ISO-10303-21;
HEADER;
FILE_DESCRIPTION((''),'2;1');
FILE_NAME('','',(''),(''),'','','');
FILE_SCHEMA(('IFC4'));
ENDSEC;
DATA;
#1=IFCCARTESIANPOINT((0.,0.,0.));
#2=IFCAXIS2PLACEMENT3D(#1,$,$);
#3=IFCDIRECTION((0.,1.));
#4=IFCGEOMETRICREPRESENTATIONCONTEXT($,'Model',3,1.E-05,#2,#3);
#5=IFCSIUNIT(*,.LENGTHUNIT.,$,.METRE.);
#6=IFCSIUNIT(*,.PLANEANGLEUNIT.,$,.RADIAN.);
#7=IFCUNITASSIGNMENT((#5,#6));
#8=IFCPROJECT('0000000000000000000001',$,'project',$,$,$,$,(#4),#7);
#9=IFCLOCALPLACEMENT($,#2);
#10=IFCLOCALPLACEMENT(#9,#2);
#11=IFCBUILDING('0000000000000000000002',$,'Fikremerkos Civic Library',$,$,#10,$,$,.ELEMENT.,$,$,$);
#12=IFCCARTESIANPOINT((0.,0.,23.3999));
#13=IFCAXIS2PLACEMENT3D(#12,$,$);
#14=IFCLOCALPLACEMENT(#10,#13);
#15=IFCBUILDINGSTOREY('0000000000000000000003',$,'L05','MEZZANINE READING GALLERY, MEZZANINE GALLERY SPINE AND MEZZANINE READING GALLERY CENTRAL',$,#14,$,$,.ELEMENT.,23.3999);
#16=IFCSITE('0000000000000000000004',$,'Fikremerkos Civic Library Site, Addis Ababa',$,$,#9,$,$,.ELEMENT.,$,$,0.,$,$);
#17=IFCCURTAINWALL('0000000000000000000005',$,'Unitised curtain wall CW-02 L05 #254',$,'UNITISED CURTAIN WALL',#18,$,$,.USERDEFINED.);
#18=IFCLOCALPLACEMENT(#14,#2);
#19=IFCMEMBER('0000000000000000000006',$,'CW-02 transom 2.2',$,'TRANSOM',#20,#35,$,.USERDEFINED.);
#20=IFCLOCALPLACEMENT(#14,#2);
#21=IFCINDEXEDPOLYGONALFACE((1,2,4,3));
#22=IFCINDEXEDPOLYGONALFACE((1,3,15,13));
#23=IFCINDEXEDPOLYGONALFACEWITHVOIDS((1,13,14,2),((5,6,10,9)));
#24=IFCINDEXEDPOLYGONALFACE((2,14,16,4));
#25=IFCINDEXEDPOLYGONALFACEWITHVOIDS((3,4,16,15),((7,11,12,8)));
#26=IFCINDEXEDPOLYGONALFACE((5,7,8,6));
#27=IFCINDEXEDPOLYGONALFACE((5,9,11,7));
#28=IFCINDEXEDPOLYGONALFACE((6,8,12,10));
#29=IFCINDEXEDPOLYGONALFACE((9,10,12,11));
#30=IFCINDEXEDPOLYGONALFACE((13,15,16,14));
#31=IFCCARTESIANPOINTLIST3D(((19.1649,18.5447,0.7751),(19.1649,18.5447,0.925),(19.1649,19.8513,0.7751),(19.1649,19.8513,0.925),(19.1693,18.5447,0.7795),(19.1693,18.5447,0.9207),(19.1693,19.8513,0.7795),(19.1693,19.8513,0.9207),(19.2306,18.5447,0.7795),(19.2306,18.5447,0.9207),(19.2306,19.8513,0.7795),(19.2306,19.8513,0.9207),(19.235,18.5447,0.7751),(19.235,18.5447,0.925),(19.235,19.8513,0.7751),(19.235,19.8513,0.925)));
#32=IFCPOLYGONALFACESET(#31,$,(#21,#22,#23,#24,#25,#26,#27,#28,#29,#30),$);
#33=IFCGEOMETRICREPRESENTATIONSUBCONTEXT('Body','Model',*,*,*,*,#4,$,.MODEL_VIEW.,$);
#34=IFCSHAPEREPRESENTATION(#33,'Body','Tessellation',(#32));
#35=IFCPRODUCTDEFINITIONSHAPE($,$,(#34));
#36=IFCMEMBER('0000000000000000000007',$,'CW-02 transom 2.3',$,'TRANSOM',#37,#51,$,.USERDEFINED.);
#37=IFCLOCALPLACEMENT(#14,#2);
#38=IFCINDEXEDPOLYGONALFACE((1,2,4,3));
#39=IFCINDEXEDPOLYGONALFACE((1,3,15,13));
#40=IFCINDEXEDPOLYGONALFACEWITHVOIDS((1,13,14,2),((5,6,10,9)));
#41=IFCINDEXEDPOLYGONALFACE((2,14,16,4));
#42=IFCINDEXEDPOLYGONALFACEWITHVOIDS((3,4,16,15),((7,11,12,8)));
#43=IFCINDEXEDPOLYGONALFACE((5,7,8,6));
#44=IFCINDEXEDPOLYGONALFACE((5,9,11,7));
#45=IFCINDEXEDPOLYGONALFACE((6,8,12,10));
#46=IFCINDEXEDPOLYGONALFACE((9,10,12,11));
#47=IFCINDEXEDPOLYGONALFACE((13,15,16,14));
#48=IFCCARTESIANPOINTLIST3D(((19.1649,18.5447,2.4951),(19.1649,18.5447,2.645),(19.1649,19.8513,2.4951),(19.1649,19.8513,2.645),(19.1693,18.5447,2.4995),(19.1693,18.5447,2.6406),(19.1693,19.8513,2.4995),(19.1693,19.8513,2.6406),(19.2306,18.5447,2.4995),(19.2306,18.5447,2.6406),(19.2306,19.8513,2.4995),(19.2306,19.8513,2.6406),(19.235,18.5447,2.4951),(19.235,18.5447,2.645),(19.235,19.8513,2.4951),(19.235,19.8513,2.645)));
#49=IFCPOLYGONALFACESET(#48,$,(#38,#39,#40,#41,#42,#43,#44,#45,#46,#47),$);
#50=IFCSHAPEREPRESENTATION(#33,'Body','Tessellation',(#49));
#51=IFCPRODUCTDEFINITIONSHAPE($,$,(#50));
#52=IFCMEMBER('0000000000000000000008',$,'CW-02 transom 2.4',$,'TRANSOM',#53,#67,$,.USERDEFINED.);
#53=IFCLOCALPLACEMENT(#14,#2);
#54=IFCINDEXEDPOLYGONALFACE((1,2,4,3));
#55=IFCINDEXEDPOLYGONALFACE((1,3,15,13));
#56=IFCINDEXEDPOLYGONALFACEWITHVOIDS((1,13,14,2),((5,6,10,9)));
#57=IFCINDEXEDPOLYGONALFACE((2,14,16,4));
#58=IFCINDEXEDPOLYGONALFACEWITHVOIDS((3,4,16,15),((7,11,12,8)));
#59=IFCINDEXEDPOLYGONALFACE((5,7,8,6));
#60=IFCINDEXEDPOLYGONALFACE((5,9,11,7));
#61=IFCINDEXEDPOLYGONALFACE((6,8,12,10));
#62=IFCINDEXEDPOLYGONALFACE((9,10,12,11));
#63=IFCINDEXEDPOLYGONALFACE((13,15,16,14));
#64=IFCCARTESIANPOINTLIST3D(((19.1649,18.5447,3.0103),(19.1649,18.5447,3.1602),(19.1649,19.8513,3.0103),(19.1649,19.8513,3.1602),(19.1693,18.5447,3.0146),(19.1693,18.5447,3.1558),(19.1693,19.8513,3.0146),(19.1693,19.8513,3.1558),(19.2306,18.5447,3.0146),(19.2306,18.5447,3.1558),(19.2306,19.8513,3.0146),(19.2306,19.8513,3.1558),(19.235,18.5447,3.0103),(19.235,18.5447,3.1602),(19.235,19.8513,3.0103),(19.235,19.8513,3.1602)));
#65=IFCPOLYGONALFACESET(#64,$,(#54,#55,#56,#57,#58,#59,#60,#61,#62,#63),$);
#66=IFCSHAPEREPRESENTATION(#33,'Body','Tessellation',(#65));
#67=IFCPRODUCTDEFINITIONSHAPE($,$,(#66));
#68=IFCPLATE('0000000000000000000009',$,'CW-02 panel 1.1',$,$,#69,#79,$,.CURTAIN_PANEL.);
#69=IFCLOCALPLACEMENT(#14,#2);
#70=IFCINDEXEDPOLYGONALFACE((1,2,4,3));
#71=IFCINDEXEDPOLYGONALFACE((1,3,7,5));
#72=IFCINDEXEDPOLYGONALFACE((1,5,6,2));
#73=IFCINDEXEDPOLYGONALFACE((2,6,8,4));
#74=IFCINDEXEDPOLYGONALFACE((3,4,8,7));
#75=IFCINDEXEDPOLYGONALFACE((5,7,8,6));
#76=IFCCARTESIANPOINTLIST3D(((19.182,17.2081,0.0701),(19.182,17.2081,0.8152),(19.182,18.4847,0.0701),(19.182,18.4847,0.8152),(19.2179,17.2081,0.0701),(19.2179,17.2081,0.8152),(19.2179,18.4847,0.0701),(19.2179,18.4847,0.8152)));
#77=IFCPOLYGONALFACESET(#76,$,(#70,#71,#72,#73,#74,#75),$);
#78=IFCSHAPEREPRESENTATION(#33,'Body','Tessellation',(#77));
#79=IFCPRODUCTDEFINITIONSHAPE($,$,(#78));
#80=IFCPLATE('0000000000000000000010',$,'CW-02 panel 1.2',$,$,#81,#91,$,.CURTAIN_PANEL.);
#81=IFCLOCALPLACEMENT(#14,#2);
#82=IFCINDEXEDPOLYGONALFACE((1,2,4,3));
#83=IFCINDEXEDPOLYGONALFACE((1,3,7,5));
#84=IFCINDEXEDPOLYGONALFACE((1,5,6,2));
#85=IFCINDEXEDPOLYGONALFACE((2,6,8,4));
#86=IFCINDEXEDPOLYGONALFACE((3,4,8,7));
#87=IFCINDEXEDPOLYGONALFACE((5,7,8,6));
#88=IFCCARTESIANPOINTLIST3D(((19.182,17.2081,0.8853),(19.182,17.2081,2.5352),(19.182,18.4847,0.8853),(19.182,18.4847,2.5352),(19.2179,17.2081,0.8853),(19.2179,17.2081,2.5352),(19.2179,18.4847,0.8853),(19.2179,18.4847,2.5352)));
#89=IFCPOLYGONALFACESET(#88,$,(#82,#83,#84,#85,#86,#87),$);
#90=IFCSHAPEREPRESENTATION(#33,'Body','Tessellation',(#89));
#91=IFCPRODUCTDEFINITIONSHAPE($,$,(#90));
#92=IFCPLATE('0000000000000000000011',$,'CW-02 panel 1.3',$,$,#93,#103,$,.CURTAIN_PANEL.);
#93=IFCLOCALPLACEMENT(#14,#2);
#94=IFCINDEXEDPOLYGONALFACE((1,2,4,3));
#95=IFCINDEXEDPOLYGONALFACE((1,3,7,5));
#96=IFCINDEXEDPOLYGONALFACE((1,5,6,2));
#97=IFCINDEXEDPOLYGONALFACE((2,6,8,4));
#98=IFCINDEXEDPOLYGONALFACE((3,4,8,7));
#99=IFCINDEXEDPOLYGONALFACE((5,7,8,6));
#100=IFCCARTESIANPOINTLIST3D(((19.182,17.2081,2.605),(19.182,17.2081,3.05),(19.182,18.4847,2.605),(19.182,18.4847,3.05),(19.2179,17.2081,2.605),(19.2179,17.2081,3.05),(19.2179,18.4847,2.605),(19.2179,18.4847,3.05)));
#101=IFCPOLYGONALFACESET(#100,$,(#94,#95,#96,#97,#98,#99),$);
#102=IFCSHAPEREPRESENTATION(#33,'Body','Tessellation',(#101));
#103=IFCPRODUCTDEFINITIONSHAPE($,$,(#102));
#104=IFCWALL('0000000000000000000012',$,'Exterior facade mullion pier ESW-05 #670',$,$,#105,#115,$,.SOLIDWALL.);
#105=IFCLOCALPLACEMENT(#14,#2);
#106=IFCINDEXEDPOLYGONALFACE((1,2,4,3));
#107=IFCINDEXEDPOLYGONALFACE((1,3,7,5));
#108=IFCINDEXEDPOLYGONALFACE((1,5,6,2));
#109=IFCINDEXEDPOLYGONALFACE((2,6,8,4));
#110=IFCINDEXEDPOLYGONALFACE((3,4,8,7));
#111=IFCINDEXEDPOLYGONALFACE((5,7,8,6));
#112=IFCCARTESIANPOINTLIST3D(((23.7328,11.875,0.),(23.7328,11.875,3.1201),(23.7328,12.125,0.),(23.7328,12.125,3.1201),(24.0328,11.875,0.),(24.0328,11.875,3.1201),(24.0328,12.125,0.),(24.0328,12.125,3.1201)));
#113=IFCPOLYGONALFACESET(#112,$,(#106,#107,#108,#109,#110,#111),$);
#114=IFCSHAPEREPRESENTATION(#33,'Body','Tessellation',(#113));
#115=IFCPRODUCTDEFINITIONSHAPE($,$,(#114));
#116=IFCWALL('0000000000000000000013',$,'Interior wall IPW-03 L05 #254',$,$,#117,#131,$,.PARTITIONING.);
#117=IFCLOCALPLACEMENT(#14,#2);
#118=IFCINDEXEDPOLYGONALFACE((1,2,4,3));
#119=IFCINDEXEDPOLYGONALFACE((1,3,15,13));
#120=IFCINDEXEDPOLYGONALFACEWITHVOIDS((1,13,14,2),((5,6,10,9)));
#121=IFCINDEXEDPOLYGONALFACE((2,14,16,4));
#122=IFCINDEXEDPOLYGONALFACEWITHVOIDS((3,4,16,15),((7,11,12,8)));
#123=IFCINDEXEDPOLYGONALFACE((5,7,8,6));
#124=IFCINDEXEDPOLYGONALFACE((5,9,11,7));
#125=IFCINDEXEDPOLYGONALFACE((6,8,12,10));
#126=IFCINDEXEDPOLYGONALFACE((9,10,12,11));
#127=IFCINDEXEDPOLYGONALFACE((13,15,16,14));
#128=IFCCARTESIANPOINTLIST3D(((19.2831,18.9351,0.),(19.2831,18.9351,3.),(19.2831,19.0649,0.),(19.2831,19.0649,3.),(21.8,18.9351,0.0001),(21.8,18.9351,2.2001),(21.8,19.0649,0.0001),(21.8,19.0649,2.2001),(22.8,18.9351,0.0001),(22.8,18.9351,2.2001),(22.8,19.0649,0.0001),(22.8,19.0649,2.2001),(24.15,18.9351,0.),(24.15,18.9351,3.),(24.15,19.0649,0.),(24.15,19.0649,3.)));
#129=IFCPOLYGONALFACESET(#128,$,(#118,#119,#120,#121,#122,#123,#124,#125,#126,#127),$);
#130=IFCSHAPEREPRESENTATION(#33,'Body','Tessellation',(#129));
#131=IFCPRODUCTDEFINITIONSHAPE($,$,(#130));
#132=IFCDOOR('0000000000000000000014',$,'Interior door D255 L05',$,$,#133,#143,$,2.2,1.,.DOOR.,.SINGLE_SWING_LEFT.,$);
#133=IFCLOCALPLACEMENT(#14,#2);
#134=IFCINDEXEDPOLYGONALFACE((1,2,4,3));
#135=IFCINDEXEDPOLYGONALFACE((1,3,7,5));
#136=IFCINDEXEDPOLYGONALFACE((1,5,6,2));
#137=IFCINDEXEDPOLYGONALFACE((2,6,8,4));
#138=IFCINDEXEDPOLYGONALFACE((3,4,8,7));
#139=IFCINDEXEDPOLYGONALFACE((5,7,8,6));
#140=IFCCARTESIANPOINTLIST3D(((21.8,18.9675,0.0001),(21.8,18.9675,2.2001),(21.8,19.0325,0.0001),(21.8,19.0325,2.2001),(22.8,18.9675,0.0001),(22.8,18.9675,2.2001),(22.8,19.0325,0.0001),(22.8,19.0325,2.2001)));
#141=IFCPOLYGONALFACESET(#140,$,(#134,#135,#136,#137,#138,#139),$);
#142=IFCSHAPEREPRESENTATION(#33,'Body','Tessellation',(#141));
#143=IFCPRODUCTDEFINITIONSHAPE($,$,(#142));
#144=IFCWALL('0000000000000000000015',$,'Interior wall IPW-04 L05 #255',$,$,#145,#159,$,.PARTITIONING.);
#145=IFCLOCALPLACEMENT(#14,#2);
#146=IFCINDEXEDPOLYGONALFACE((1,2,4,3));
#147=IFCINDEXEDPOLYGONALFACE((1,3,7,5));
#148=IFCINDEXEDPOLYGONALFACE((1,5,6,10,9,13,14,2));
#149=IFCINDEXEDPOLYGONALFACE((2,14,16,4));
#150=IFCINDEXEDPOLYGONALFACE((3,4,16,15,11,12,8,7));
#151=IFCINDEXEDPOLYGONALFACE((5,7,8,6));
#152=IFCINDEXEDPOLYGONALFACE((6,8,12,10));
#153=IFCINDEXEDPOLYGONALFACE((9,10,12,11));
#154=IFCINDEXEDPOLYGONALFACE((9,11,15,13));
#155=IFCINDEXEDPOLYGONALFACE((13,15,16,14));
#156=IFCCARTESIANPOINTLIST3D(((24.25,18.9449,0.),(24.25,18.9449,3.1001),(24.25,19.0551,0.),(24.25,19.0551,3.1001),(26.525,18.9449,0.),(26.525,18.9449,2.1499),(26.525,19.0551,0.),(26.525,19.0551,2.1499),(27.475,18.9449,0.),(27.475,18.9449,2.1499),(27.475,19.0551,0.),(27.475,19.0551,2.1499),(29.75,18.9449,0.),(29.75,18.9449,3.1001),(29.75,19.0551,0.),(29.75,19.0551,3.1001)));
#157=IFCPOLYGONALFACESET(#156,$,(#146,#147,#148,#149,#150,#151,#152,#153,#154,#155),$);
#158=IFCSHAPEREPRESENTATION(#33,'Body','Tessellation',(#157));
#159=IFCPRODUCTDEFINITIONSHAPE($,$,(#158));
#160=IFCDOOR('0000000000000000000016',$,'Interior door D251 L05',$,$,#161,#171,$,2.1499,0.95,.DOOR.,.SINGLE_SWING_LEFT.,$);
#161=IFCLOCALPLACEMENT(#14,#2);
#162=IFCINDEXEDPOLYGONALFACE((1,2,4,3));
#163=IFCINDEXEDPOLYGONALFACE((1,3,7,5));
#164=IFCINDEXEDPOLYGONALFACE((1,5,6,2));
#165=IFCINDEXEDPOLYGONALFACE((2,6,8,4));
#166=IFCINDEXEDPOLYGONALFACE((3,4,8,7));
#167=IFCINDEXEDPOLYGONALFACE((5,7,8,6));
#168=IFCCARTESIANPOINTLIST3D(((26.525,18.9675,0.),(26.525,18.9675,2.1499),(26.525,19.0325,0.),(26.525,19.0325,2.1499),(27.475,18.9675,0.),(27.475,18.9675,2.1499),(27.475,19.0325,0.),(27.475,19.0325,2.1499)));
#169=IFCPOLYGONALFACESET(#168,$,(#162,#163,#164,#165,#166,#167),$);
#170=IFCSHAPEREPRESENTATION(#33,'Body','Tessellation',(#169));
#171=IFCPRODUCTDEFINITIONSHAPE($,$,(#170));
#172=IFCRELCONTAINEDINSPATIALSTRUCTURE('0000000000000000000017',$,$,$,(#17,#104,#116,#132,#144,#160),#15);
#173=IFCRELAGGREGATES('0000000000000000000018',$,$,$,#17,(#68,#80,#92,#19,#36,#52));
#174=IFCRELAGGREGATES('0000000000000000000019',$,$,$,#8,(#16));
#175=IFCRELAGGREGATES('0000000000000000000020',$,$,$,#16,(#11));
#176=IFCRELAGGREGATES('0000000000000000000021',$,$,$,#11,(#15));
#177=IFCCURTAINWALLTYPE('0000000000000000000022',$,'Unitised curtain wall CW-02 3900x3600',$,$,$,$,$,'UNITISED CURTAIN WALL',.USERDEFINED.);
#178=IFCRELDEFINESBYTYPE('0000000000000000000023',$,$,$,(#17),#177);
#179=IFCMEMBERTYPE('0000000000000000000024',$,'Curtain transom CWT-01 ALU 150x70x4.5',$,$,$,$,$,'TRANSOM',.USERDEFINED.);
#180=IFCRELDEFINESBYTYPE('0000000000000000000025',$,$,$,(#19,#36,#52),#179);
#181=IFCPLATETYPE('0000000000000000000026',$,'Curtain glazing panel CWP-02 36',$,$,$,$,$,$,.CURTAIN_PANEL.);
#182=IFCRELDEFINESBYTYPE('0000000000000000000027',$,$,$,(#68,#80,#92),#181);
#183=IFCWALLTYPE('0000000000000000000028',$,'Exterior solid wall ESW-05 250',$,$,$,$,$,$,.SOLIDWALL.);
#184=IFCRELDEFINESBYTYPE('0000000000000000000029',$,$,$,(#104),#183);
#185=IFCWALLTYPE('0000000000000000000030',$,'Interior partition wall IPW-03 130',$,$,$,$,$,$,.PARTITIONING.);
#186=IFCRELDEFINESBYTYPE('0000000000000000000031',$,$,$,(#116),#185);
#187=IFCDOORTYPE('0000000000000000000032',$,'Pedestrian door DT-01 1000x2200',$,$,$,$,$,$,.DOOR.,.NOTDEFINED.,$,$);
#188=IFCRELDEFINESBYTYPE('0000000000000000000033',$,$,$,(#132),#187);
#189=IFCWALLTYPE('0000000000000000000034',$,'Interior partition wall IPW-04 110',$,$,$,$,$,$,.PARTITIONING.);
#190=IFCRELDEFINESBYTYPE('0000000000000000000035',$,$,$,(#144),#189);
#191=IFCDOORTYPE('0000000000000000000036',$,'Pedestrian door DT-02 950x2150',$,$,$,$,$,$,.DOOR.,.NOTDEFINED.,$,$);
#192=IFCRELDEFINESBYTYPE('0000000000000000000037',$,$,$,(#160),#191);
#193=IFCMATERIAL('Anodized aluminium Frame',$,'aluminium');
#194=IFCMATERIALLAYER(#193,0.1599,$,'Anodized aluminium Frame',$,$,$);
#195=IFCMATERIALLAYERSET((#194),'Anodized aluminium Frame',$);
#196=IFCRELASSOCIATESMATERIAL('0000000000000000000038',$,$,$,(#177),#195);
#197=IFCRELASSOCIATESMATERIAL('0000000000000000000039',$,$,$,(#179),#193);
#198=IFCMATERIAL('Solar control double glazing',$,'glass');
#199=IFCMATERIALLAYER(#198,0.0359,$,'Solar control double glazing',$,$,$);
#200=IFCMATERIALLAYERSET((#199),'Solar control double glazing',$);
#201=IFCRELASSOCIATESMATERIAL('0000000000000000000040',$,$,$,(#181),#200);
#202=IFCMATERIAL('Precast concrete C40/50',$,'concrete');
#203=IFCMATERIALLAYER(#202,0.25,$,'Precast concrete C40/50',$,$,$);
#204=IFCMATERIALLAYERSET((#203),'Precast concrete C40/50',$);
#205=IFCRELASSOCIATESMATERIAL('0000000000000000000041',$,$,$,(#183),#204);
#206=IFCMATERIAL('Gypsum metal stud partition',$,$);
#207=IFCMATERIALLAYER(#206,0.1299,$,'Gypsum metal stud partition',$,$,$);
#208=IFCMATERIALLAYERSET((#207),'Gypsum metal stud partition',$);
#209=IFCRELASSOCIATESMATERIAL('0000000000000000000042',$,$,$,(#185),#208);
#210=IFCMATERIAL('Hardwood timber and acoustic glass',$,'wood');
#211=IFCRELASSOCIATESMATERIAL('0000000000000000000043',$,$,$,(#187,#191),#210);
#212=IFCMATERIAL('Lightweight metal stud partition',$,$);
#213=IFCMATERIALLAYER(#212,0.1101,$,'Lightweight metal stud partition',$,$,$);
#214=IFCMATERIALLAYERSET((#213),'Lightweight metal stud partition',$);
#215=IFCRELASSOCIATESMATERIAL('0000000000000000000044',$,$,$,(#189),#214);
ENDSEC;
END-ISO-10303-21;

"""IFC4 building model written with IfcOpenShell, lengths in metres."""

from ifc_helpers import new_model, si_unit, direction, frame, frame_2d, origin, origin_2d, place, context, subcontext, project, spatial, rectangle, hollow_rectangle, extrude, material, layer, layer_set, material_profile, profile_set, type_object, element, fill, aggregate, save


model = new_model("IFC4")

# Units and contexts
model_context = context("Model", 3, precision=1e-05, world=origin(), true_north=direction((0.0, 1.0)))
body_context = subcontext(model_context, "Body", "Model", "MODEL_VIEW")
ifc_project = project(units=[si_unit("LENGTHUNIT", "METRE"), si_unit("PLANEANGLEUNIT", "RADIAN")], contexts=[model_context])

# Site, building, storey
site_placement = place(None, origin())
site = spatial("IfcSite", under=ifc_project, at=site_placement, Name="Fikremerkos Civic Library Site, Addis Ababa", CompositionType="ELEMENT", RefElevation=0.0)
building_placement = place(site_placement, origin())
building = spatial("IfcBuilding", under=site, at=building_placement, Name="Fikremerkos Civic Library", CompositionType="ELEMENT")
storey_placement = place(building_placement, frame((0.0, 0.0, 23.3999)))
storey = spatial("IfcBuildingStorey", under=building, at=storey_placement, Name="L05", Description="MEZZANINE READING GALLERY, MEZZANINE GALLERY SPINE AND MEZZANINE READING GALLERY CENTRAL", CompositionType="ELEMENT", Elevation=23.3999)

# Curtain wall
ifc_material_1 = material(Name="Anodized aluminium Frame", Category="aluminium")
ifc_layer_1 = layer(ifc_material_1, 0.1599, Name="Anodized aluminium Frame")
ifc_layer_set_1 = layer_set([ifc_layer_1], Name="Anodized aluminium Frame")
curtain_wall_type_1 = type_object("IfcCurtainWallType", Name="Unitised curtain wall CW-02 3900x3600", ElementType="UNITISED CURTAIN WALL", PredefinedType="USERDEFINED", material=ifc_layer_set_1)
curtain_wall_1_placement = place(storey_placement, origin())
curtain_wall_1 = element("IfcCurtainWall", 1, at=curtain_wall_1_placement, inside=storey, type_object=curtain_wall_type_1, Name="Unitised curtain wall CW-02 L05 #254", ObjectType="UNITISED CURTAIN WALL", PredefinedType="USERDEFINED")

# Members
ifc_material_profile_1 = material_profile(ifc_material_1, hollow_rectangle(XDim=0.0701, YDim=0.1499, WallThickness=0.0044, at=origin_2d()), Name="ALU 150x70x4.5")
ifc_profile_set_1 = profile_set([ifc_material_profile_1], Name="Anodized aluminium Frame")
member_type_1 = type_object("IfcMemberType", Name="Curtain transom CWT-01 ALU 150x70x4.5", ElementType="TRANSOM", PredefinedType="USERDEFINED", material=ifc_profile_set_1)
member_1_placement = place(storey_placement, frame((19.2, 18.5447, 0.8501), z_axis=(0.0, 1.0, 0.0), x_axis=(-1.0, 0.0, 0.0)))
member_1 = element("IfcMember", 2, at=member_1_placement, type_object=member_type_1, Name="CW-02 transom 2.2", ObjectType="TRANSOM", PredefinedType="USERDEFINED", context=body_context, shape_type="SweptSolid", body=[
    extrude(hollow_rectangle(XDim=0.0701, YDim=0.1499, WallThickness=0.0044, at=origin_2d()), origin(), (0.0, 0.0, 1.0), 1.3066),
])
member_2_placement = place(storey_placement, frame((19.2, 18.5447, 2.5701), z_axis=(0.0, 1.0, 0.0), x_axis=(-1.0, 0.0, 0.0)))
member_2 = element("IfcMember", 3, at=member_2_placement, type_object=member_type_1, Name="CW-02 transom 2.3", ObjectType="TRANSOM", PredefinedType="USERDEFINED", context=body_context, shape_type="SweptSolid", body=[
    extrude(hollow_rectangle(XDim=0.0701, YDim=0.1499, WallThickness=0.0044, at=origin_2d()), origin(), (0.0, 0.0, 1.0), 1.3066),
])
member_3_placement = place(storey_placement, frame((19.2, 18.5447, 3.0852), z_axis=(0.0, 1.0, 0.0), x_axis=(-1.0, 0.0, 0.0)))
member_3 = element("IfcMember", 4, at=member_3_placement, type_object=member_type_1, Name="CW-02 transom 2.4", ObjectType="TRANSOM", PredefinedType="USERDEFINED", context=body_context, shape_type="SweptSolid", body=[
    extrude(hollow_rectangle(XDim=0.0701, YDim=0.1499, WallThickness=0.0044, at=origin_2d()), origin(), (0.0, 0.0, 1.0), 1.3066),
])

# Plates
ifc_material_2 = material(Name="Solar control double glazing", Category="glass")
ifc_layer_2 = layer(ifc_material_2, 0.0359, Name="Solar control double glazing")
ifc_layer_set_2 = layer_set([ifc_layer_2], Name="Solar control double glazing")
plate_type = type_object("IfcPlateType", Name="Curtain glazing panel CWP-02 36", PredefinedType="CURTAIN_PANEL", material=ifc_layer_set_2)
plate_1_placement = place(storey_placement, frame((19.2, 17.8464, 0.0701), z_axis=(0.0, 0.0, 1.0), x_axis=(0.0, 1.0, 0.0)))
plate_1 = element("IfcPlate", 5, at=plate_1_placement, type_object=plate_type, Name="CW-02 panel 1.1", PredefinedType="CURTAIN_PANEL", context=body_context, shape_type="SweptSolid", body=[
    extrude(rectangle(XDim=1.2766, YDim=0.0359, at=origin_2d()), origin(), (0.0, 0.0, 1.0), 0.7451),
])
plate_2_placement = place(storey_placement, frame((19.2, 17.8464, 0.8853), z_axis=(0.0, 0.0, 1.0), x_axis=(0.0, 1.0, 0.0)))
plate_2 = element("IfcPlate", 6, at=plate_2_placement, type_object=plate_type, Name="CW-02 panel 1.2", PredefinedType="CURTAIN_PANEL", context=body_context, shape_type="SweptSolid", body=[
    extrude(rectangle(XDim=1.2766, YDim=0.0359, at=origin_2d()), origin(), (0.0, 0.0, 1.0), 1.6499),
])
plate_3_placement = place(storey_placement, frame((19.2, 17.8464, 2.605), z_axis=(0.0, 0.0, 1.0), x_axis=(0.0, 1.0, 0.0)))
plate_3 = element("IfcPlate", 7, at=plate_3_placement, type_object=plate_type, Name="CW-02 panel 1.3", PredefinedType="CURTAIN_PANEL", context=body_context, shape_type="SweptSolid", body=[
    extrude(rectangle(XDim=1.2766, YDim=0.0359, at=origin_2d()), origin(), (0.0, 0.0, 1.0), 0.4451),
])
aggregate(curtain_wall_1, [plate_1, plate_2, plate_3, member_1, member_2, member_3])

# Wall
ifc_material_3 = material(Name="Precast concrete C40/50", Category="concrete")
ifc_layer_3 = layer(ifc_material_3, 0.25, Name="Precast concrete C40/50")
ifc_layer_set_3 = layer_set([ifc_layer_3], Name="Precast concrete C40/50")
wall_type_1 = type_object("IfcWallType", Name="Exterior solid wall ESW-05 250", PredefinedType="SOLIDWALL", material=ifc_layer_set_3)
wall_1_placement = place(storey_placement, frame((24.0327, 12.0, 0.0), z_axis=(0.0, 0.0, 1.0), x_axis=(-1.0, 0.0, 0.0)))
element("IfcWall", 8, at=wall_1_placement, inside=storey, type_object=wall_type_1, Name="Exterior facade mullion pier ESW-05 #670", PredefinedType="SOLIDWALL", context=body_context, shape_type="SweptSolid", body=[
    extrude(rectangle(XDim=0.3, YDim=0.25, at=frame_2d((0.1499, 0.0))), origin(), (0.0, 0.0, 1.0), 3.1201),
])

# Walls, openings, doors
ifc_material_4 = material(Name="Gypsum metal stud partition")
ifc_layer_4 = layer(ifc_material_4, 0.1299, Name="Gypsum metal stud partition")
ifc_layer_set_4 = layer_set([ifc_layer_4], Name="Gypsum metal stud partition")
wall_type_2 = type_object("IfcWallType", Name="Interior partition wall IPW-03 130", PredefinedType="PARTITIONING", material=ifc_layer_set_4)
wall_2_placement = place(storey_placement, frame((19.283, 19.0, 0.0), z_axis=(0.0, 0.0, 1.0), x_axis=(1.0, 0.0, 0.0)))
wall_2 = element("IfcWall", 9, at=wall_2_placement, inside=storey, type_object=wall_type_2, Name="Interior wall IPW-03 L05 #254", PredefinedType="PARTITIONING", context=body_context, shape_type="SweptSolid", body=[
    extrude(rectangle(XDim=4.8669, YDim=0.1299, at=frame_2d((2.4336, 0.0))), origin(), (0.0, 0.0, 1.0), 3.0),
])
opening_1_placement = place(wall_2_placement, frame((2.5171, 0.0, 0.0)))
opening_1 = element("IfcOpeningElement", 10, at=opening_1_placement, cuts=wall_2, PredefinedType="OPENING", context=body_context, shape_type="SweptSolid", body=[
    extrude(rectangle(XDim=1.0, YDim=2.2, at=frame_2d((0.5, 1.1001))), frame((0.0, 0.075, 0.0), z_axis=(0.0, -1.0, 0.0), x_axis=(1.0, 0.0, 0.0)), (0.0, 0.0, 1.0), 0.1499),
])
ifc_material_5 = material(Name="Hardwood timber and acoustic glass", Category="wood")
door_type_1 = type_object("IfcDoorType", Name="Pedestrian door DT-01 1000x2200", OperationType="NOTDEFINED", PredefinedType="DOOR", material=ifc_material_5)
door_1_placement = place(opening_1_placement, origin())
door_1 = element("IfcDoor", 11, at=door_1_placement, inside=storey, type_object=door_type_1, Name="Interior door D255 L05", OperationType="SINGLE_SWING_LEFT", OverallHeight=2.2, OverallWidth=1.0, PredefinedType="DOOR", context=body_context, shape_type="SweptSolid", body=[
    extrude(rectangle(XDim=1.0, YDim=2.2, at=frame_2d((0.5, 1.1001))), frame((0.0, 0.0325, 0.0), z_axis=(0.0, -1.0, 0.0), x_axis=(1.0, 0.0, 0.0)), (0.0, 0.0, 1.0), 0.0649),
])
fill(opening_1, door_1)
ifc_material_6 = material(Name="Lightweight metal stud partition")
ifc_layer_5 = layer(ifc_material_6, 0.1101, Name="Lightweight metal stud partition")
ifc_layer_set_5 = layer_set([ifc_layer_5], Name="Lightweight metal stud partition")
wall_type_3 = type_object("IfcWallType", Name="Interior partition wall IPW-04 110", PredefinedType="PARTITIONING", material=ifc_layer_set_5)
wall_3_placement = place(storey_placement, frame((24.25, 19.0, 0.0), z_axis=(0.0, 0.0, 1.0), x_axis=(1.0, 0.0, 0.0)))
wall_3 = element("IfcWall", 12, at=wall_3_placement, inside=storey, type_object=wall_type_3, Name="Interior wall IPW-04 L05 #255", PredefinedType="PARTITIONING", context=body_context, shape_type="SweptSolid", body=[
    extrude(rectangle(XDim=5.5, YDim=0.1101, at=frame_2d((2.75, 0.0))), origin(), (0.0, 0.0, 1.0), 3.1001),
])
opening_2_placement = place(wall_3_placement, frame((2.2749, 0.0, 0.0)))
opening_2 = element("IfcOpeningElement", 13, at=opening_2_placement, cuts=wall_3, PredefinedType="OPENING", context=body_context, shape_type="SweptSolid", body=[
    extrude(rectangle(XDim=0.95, YDim=2.1499, at=frame_2d((0.4751, 1.075))), frame((0.0, 0.0649, 0.0), z_axis=(0.0, -1.0, 0.0), x_axis=(1.0, 0.0, 0.0)), (0.0, 0.0, 1.0), 0.1301),
])
door_type_2 = type_object("IfcDoorType", Name="Pedestrian door DT-02 950x2150", OperationType="NOTDEFINED", PredefinedType="DOOR", material=ifc_material_5)
door_2_placement = place(opening_2_placement, origin())
door_2 = element("IfcDoor", 14, at=door_2_placement, inside=storey, type_object=door_type_2, Name="Interior door D251 L05", OperationType="SINGLE_SWING_LEFT", OverallHeight=2.1499, OverallWidth=0.95, PredefinedType="DOOR", context=body_context, shape_type="SweptSolid", body=[
    extrude(rectangle(XDim=0.95, YDim=2.1499, at=frame_2d((0.4751, 1.075))), frame((0.0, 0.0325, 0.0), z_axis=(0.0, -1.0, 0.0), x_axis=(1.0, 0.0, 0.0)), (0.0, 0.0, 1.0), 0.0649),
])
fill(opening_2, door_2)

save(model, "model.ifc")
